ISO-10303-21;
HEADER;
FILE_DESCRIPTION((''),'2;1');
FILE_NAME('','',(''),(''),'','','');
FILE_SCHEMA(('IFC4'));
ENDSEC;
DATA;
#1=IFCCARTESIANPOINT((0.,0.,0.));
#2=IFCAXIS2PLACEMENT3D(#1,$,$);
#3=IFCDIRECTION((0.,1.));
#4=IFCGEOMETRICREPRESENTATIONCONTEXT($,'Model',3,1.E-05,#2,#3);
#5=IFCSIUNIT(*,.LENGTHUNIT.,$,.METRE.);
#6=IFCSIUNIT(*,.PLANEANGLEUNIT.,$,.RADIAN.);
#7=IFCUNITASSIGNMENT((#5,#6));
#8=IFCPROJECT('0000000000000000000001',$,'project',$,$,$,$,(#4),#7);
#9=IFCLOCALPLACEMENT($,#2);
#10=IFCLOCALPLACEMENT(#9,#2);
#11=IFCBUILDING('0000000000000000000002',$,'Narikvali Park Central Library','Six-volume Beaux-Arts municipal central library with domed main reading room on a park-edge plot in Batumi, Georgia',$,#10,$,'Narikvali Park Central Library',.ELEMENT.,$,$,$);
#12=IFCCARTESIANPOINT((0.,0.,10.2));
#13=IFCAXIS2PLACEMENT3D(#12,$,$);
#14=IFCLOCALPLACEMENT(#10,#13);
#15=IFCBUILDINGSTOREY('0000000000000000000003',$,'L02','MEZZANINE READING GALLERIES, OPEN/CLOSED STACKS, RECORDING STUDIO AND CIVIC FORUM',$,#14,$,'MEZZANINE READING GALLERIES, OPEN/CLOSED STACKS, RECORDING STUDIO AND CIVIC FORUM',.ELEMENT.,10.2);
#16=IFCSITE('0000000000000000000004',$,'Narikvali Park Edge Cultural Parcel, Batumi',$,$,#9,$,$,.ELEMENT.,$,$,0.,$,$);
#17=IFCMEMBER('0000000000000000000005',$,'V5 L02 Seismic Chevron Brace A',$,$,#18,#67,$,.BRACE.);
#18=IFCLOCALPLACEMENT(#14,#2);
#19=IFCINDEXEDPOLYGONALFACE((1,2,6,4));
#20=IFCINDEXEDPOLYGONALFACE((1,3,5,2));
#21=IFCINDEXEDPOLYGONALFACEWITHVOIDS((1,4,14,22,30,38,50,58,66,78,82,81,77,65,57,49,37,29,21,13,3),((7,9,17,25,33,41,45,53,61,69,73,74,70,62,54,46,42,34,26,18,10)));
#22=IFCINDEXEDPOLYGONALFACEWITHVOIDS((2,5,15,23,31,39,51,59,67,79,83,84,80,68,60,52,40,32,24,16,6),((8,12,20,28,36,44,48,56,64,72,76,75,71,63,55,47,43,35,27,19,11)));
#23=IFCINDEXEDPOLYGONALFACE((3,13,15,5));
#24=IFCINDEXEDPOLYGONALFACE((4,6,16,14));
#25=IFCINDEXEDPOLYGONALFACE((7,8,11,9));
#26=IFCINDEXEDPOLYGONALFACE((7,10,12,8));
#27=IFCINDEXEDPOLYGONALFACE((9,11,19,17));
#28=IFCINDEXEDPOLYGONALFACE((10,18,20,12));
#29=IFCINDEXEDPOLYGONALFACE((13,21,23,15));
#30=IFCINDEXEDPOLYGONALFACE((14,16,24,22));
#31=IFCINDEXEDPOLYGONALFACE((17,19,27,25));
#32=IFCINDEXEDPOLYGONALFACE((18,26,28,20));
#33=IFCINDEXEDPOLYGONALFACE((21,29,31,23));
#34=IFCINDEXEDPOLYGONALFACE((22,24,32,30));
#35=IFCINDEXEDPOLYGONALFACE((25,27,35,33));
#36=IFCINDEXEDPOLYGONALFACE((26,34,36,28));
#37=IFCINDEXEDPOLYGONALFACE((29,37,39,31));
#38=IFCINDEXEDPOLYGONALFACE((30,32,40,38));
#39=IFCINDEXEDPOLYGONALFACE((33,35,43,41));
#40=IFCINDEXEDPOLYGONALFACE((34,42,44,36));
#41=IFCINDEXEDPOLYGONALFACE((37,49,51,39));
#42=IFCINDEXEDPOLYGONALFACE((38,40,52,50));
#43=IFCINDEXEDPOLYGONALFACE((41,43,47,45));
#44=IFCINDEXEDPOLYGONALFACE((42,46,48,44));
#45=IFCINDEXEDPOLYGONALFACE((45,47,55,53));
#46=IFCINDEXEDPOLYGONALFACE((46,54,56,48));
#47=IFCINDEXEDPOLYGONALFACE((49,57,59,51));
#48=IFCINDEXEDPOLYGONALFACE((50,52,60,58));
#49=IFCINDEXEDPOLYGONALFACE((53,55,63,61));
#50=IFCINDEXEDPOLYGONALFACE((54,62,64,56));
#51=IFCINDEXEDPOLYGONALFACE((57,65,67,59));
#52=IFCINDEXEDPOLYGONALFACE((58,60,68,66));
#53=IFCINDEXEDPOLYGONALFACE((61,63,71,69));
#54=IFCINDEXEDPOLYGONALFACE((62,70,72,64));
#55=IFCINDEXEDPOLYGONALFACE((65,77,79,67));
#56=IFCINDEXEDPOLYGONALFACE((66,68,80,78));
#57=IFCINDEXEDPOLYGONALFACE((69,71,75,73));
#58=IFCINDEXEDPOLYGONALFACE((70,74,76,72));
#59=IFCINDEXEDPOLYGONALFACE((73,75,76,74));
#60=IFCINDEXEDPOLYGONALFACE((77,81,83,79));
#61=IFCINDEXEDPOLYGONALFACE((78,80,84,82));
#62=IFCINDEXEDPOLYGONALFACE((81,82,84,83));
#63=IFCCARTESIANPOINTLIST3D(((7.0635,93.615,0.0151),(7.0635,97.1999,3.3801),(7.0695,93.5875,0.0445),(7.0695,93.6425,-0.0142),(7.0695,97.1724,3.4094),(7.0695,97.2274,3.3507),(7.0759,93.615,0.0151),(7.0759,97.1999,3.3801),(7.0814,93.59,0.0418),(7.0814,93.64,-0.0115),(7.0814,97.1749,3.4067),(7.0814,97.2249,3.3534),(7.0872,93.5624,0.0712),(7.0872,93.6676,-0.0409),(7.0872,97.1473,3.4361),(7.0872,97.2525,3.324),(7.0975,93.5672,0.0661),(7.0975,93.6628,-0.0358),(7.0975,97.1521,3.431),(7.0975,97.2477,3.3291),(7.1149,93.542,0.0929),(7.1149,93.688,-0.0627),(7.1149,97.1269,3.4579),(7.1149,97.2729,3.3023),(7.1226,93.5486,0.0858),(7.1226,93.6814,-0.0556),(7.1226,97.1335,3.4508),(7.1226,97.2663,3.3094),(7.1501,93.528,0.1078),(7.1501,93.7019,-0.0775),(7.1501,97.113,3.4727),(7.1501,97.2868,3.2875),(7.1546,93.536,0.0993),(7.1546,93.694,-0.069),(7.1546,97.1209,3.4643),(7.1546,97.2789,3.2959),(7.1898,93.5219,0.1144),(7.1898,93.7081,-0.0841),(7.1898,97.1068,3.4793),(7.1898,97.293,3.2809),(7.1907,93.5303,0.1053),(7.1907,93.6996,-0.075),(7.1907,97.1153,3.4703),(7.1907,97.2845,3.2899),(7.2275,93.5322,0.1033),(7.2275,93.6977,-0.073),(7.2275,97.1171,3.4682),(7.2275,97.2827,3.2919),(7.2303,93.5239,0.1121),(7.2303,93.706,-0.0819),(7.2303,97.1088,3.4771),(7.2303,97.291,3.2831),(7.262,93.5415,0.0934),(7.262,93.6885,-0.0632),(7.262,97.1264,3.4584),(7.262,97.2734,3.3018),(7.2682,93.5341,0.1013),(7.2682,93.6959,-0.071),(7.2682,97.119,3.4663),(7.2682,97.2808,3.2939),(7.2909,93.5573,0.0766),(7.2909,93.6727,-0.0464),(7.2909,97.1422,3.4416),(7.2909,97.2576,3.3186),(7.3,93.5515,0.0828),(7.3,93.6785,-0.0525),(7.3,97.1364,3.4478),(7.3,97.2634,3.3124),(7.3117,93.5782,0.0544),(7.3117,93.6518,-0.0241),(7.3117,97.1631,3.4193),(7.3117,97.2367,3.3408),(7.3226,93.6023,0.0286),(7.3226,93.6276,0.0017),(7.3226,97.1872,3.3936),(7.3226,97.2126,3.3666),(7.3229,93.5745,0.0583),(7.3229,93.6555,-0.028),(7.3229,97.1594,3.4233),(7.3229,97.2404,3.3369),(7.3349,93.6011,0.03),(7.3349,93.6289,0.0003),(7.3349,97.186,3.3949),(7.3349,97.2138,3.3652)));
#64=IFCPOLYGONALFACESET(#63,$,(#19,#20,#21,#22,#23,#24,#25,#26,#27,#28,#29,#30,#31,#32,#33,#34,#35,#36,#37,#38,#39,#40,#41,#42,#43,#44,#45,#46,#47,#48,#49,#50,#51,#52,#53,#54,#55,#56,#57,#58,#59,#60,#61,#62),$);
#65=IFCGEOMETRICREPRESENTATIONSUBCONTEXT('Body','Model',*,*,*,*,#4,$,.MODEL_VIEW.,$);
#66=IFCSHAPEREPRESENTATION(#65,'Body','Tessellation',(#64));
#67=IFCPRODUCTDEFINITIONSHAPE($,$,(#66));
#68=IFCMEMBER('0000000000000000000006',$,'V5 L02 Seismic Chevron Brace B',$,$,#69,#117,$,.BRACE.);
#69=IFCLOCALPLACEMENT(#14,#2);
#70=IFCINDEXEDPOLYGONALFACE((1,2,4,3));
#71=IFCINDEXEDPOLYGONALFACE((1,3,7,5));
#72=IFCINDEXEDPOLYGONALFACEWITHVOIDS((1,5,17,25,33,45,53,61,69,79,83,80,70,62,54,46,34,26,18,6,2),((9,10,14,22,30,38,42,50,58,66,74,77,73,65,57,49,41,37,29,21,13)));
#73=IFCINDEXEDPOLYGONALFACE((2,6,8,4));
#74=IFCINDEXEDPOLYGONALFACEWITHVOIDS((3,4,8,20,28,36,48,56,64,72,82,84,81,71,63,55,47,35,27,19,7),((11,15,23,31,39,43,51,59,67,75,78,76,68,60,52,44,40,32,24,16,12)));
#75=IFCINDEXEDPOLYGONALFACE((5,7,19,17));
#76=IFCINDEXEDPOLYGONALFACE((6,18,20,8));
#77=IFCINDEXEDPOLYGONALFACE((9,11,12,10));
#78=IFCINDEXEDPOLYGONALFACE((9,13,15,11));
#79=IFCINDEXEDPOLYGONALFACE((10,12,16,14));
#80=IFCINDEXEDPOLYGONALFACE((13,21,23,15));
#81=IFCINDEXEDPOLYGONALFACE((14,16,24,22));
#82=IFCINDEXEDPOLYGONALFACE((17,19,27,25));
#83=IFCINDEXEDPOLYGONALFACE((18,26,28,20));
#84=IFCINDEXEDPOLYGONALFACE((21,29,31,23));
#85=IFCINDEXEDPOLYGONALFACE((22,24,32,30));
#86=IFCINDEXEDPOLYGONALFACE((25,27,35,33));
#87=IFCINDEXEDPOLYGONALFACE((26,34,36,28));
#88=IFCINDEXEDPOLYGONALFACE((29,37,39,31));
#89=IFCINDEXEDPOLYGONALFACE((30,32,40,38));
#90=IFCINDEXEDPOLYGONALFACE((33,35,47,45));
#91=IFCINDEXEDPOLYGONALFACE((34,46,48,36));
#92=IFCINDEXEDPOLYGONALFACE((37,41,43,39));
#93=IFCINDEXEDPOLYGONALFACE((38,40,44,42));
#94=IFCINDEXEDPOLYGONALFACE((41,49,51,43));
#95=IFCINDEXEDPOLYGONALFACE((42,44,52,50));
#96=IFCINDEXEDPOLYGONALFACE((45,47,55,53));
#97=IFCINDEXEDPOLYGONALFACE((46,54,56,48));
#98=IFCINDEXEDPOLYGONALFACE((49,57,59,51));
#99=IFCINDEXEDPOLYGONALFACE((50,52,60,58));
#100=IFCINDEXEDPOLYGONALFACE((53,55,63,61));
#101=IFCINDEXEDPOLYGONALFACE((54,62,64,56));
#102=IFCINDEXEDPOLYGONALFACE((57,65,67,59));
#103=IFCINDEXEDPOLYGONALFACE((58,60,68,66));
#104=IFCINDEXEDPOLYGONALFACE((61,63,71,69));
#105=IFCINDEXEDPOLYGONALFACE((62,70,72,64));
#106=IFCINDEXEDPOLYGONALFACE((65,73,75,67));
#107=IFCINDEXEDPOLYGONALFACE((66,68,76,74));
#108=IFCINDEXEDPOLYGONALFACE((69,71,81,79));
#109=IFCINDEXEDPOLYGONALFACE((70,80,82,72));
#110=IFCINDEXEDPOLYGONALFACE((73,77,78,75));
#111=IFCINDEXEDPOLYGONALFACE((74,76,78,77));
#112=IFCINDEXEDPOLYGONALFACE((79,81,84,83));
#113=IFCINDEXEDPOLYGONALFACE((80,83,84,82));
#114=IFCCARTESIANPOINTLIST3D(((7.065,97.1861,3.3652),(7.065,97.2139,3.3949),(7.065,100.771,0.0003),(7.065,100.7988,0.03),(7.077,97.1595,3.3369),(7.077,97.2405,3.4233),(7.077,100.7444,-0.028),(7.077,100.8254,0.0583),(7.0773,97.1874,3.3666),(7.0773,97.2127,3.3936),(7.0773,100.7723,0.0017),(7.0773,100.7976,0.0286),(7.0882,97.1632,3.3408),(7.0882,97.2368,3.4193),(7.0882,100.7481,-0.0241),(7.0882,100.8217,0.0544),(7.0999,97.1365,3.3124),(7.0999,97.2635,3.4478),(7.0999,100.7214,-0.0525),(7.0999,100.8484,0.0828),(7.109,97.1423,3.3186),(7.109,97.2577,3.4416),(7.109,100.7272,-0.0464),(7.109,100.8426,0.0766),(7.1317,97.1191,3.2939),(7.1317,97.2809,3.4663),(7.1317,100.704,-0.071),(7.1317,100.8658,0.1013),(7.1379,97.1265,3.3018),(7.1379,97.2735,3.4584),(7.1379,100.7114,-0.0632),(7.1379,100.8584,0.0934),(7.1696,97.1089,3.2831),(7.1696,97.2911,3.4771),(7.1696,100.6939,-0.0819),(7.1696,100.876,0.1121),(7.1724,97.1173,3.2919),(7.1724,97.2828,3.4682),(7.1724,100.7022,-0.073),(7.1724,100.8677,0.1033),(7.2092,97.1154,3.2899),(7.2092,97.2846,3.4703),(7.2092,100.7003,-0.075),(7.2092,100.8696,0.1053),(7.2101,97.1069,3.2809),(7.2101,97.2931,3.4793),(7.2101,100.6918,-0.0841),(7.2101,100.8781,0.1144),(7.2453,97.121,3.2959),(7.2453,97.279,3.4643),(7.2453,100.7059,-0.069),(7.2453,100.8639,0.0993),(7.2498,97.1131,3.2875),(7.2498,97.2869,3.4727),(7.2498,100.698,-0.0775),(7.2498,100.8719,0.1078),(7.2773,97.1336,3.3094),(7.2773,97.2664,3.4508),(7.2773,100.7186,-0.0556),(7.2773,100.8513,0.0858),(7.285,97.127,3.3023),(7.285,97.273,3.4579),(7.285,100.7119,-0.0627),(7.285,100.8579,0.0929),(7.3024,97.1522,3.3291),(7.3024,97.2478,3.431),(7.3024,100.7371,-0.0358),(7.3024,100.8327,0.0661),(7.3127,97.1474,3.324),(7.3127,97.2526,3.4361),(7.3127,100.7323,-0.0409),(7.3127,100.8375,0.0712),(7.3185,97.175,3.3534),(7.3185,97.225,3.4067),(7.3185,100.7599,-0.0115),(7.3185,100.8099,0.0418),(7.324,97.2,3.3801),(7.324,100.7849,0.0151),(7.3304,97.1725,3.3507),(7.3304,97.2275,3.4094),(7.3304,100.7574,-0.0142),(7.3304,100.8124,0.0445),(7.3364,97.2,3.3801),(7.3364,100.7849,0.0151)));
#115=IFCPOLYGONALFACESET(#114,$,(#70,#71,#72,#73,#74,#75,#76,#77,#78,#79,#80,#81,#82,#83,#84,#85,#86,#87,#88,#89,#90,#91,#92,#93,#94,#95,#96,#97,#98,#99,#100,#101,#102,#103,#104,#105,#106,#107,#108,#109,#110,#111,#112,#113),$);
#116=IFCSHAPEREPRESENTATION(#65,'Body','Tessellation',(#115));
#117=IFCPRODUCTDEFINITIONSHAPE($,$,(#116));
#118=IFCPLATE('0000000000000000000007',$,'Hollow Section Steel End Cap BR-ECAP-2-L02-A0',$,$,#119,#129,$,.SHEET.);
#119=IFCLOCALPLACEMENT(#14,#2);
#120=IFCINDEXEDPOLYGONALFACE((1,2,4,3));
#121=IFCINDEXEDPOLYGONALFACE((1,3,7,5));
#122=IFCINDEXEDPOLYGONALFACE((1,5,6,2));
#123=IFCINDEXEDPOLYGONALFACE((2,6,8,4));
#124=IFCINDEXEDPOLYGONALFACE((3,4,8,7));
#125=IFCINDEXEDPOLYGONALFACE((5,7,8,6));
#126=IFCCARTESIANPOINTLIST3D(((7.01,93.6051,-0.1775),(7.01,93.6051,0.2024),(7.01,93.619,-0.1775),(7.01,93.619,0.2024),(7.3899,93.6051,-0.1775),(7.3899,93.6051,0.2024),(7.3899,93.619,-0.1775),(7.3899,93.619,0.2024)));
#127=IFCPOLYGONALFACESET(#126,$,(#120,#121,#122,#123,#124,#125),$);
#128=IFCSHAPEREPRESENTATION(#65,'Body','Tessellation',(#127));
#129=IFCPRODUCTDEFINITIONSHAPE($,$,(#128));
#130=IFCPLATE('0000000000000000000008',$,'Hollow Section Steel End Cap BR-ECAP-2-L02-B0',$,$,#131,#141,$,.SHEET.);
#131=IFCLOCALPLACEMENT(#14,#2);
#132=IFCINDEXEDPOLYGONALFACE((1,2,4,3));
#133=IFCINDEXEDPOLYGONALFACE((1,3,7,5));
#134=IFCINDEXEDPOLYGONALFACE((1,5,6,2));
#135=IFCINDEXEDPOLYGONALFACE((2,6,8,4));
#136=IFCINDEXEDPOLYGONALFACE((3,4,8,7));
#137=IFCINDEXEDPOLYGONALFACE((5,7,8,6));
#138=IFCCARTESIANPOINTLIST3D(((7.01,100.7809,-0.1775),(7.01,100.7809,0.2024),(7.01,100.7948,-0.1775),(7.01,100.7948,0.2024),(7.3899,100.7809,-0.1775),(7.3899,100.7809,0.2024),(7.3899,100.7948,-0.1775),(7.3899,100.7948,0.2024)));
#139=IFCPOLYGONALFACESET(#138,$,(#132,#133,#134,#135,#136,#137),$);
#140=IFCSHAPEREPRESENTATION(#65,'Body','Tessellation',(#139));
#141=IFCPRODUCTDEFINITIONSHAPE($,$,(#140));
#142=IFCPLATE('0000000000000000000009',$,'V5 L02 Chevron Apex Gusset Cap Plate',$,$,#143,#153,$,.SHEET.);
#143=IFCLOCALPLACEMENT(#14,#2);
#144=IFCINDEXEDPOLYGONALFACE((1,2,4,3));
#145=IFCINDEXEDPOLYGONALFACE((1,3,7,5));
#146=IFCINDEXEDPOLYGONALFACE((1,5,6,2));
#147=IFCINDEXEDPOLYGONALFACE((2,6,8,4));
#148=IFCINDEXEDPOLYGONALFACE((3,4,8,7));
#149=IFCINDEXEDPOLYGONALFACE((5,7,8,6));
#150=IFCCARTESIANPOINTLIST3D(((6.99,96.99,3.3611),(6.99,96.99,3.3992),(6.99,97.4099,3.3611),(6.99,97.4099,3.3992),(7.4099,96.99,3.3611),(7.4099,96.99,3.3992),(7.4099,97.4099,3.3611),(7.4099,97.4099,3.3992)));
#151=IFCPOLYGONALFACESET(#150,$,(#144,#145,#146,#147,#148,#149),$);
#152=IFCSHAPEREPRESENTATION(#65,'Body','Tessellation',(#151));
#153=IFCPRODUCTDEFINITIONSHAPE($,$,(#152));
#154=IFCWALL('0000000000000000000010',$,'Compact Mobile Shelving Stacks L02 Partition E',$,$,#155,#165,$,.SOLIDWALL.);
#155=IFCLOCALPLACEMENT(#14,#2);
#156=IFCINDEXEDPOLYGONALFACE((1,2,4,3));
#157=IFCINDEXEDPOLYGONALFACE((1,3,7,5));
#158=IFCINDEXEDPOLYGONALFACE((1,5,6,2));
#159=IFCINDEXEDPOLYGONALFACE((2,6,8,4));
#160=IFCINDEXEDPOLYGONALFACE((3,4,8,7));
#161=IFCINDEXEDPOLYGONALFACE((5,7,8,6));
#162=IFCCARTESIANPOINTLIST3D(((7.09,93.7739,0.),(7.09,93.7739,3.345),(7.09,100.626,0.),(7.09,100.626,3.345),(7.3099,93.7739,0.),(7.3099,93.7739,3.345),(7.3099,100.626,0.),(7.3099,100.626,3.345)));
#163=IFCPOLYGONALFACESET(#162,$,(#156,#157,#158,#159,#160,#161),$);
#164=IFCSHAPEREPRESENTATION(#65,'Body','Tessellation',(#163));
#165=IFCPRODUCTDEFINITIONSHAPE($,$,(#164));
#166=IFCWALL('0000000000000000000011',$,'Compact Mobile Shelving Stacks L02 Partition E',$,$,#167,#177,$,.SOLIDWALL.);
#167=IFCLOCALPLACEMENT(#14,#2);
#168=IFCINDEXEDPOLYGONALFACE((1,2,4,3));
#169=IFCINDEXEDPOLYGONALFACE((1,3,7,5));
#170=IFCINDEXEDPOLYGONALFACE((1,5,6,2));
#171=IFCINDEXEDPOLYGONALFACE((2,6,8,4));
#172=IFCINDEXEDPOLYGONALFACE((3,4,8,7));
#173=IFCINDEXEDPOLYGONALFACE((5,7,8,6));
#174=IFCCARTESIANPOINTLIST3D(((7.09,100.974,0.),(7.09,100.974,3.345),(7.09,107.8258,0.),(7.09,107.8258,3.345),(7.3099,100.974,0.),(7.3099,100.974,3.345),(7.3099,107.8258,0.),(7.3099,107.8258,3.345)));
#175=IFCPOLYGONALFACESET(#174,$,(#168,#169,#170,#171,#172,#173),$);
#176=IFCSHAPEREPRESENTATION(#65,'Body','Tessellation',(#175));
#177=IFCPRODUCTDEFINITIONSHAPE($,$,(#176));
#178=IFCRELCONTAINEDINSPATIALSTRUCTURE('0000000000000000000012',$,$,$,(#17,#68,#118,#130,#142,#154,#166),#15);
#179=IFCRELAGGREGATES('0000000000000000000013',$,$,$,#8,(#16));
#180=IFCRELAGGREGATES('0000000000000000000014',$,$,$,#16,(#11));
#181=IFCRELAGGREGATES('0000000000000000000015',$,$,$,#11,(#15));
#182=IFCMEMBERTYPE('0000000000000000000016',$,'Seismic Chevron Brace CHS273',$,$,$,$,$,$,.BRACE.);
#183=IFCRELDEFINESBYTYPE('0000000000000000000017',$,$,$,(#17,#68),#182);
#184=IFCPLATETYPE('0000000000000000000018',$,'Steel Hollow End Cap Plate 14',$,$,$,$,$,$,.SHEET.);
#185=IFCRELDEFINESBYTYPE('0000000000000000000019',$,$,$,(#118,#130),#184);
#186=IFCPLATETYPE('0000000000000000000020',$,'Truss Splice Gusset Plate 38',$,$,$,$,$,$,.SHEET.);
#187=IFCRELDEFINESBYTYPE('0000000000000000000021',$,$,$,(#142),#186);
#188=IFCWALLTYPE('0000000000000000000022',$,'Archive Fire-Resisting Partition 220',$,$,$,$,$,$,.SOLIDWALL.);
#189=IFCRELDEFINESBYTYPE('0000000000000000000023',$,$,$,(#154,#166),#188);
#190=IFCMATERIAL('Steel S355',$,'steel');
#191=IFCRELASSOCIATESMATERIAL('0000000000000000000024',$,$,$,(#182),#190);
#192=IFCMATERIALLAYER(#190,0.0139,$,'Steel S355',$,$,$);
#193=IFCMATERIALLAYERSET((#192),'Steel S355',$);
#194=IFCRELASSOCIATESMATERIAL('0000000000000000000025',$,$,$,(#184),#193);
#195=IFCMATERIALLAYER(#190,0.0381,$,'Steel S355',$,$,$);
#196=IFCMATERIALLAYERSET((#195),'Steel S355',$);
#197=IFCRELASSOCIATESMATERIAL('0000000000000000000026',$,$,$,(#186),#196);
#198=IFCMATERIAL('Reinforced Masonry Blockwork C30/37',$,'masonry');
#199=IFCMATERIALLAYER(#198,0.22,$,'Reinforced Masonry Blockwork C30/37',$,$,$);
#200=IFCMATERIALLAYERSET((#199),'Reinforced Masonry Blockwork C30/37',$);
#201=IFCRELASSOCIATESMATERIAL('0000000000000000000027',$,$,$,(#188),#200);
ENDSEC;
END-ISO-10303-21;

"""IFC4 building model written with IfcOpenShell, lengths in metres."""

from ifc_helpers import new_model, si_unit, direction, frame, frame_2d, origin, origin_2d, place, context, subcontext, project, spatial, rectangle, hollow_circle, extrude, material, layer, layer_set, material_profile, profile_set, type_object, element, save


model = new_model("IFC4")

# Units and contexts
model_context = context("Model", 3, precision=1e-05, world=origin(), true_north=direction((0.0, 1.0)))
body_context = subcontext(model_context, "Body", "Model", "MODEL_VIEW")
ifc_project = project(units=[si_unit("LENGTHUNIT", "METRE"), si_unit("PLANEANGLEUNIT", "RADIAN")], contexts=[model_context])

# Site, building, storey
site_placement = place(None, origin())
site = spatial("IfcSite", under=ifc_project, at=site_placement, Name="Narikvali Park Edge Cultural Parcel, Batumi", CompositionType="ELEMENT", RefElevation=0.0)
building_placement = place(site_placement, origin())
building = spatial("IfcBuilding", under=site, at=building_placement, Name="Narikvali Park Central Library", Description="Six-volume Beaux-Arts municipal central library with domed main reading room on a park-edge plot in Batumi, Georgia", LongName="Narikvali Park Central Library", CompositionType="ELEMENT")
storey_placement = place(building_placement, frame((0.0, 0.0, 10.2)))
storey = spatial("IfcBuildingStorey", under=building, at=storey_placement, Name="L02", Description="MEZZANINE READING GALLERIES, OPEN/CLOSED STACKS, RECORDING STUDIO AND CIVIC FORUM", LongName="MEZZANINE READING GALLERIES, OPEN/CLOSED STACKS, RECORDING STUDIO AND CIVIC FORUM", CompositionType="ELEMENT", Elevation=10.2)

# Shared definitions
ifc_material_1 = material(Name="Steel S355", Category="steel")

# Members
ifc_material_profile_1 = material_profile(ifc_material_1, hollow_circle(Radius=0.1365, WallThickness=0.0125, at=origin_2d()), Name="CHS 273x12.5")
ifc_profile_set_1 = profile_set([ifc_material_profile_1], Name="Steel S355")
member_type = type_object("IfcMemberType", Name="Seismic Chevron Brace CHS273", PredefinedType="BRACE", material=ifc_profile_set_1)
for number, where, z_axis, x_axis, name in (
    (1, (7.2, 93.615, 0.0151), (0.0, 0.729122, 0.684384), (-1.0, 0.0, 0.0), "V5 L02 Seismic Chevron Brace A"),
    (2, (7.2, 100.7849, 0.0151), (0.0, -0.729122, 0.684384), (1.0, 0.0, 0.0), "V5 L02 Seismic Chevron Brace B"),
):
    element("IfcMember", number, at=place(storey_placement, frame(where, z_axis=z_axis, x_axis=x_axis)), inside=storey, type_object=member_type, Name=name, PredefinedType="BRACE", context=body_context, shape_type="SweptSolid", body=[
        extrude(hollow_circle(Radius=0.1365, WallThickness=0.0125, at=origin_2d()), origin(), (0.0, 0.0, 1.0), 4.9167),
    ])

# Plates
ifc_layer_1 = layer(ifc_material_1, 0.0139, Name="Steel S355")
ifc_layer_set_1 = layer_set([ifc_layer_1], Name="Steel S355")
plate_type_1 = type_object("IfcPlateType", Name="Steel Hollow End Cap Plate 14", PredefinedType="SHEET", material=ifc_layer_set_1)
for number, where, z_axis, x_axis, name in (
    (3, (7.2, 93.6121, -0.1775), (0.0, 0.0, 1.0), (-1.0, 0.0, 0.0), "Hollow Section Steel End Cap BR-ECAP-2-L02-A0"),
    (4, (7.2, 100.7878, -0.1775), (0.0, 0.0, 1.0), (1.0, 0.0, 0.0), "Hollow Section Steel End Cap BR-ECAP-2-L02-B0"),
):
    element("IfcPlate", number, at=place(storey_placement, frame(where, z_axis=z_axis, x_axis=x_axis)), inside=storey, type_object=plate_type_1, Name=name, PredefinedType="SHEET", context=body_context, shape_type="SweptSolid", body=[
        extrude(rectangle(XDim=0.3799, YDim=0.0139, at=origin_2d()), origin(), (0.0, 0.0, 1.0), 0.3799),
    ])
ifc_layer_2 = layer(ifc_material_1, 0.0381, Name="Steel S355")
ifc_layer_set_2 = layer_set([ifc_layer_2], Name="Steel S355")
plate_type_2 = type_object("IfcPlateType", Name="Truss Splice Gusset Plate 38", PredefinedType="SHEET", material=ifc_layer_set_2)
plate_placement = place(storey_placement, frame((7.2, 97.2, 3.3611), z_axis=(0.0, 0.0, 1.0), x_axis=(1.0, 0.0, 0.0)))
element("IfcPlate", 5, at=plate_placement, inside=storey, type_object=plate_type_2, Name="V5 L02 Chevron Apex Gusset Cap Plate", PredefinedType="SHEET", context=body_context, shape_type="SweptSolid", body=[
    extrude(rectangle(XDim=0.4199, YDim=0.4199, at=origin_2d()), origin(), (0.0, 0.0, 1.0), 0.0381),
])

# Walls
ifc_material_2 = material(Name="Reinforced Masonry Blockwork C30/37", Category="masonry")
ifc_layer_3 = layer(ifc_material_2, 0.22, Name="Reinforced Masonry Blockwork C30/37")
ifc_layer_set_3 = layer_set([ifc_layer_3], Name="Reinforced Masonry Blockwork C30/37")
wall_type_1 = type_object("IfcWallType", Name="Archive Fire-Resisting Partition 220", PredefinedType="SOLIDWALL", material=ifc_layer_set_3)
wall_1_placement = place(storey_placement, frame((7.2, 93.7739, 0.0), z_axis=(0.0, 0.0, 1.0), x_axis=(0.0, 1.0, 0.0)))
element("IfcWall", 6, at=wall_1_placement, inside=storey, type_object=wall_type_1, Name="Compact Mobile Shelving Stacks L02 Partition E", PredefinedType="SOLIDWALL", context=body_context, shape_type="SweptSolid", body=[
    extrude(rectangle(XDim=6.8521, YDim=0.22, at=frame_2d((3.426, 0.0))), origin(), (0.0, 0.0, 1.0), 3.345),
])
wall_2_placement = place(storey_placement, frame((7.2, 100.9741, 0.0), z_axis=(0.0, 0.0, 1.0), x_axis=(0.0, 1.0, 0.0)))
element("IfcWall", 7, at=wall_2_placement, inside=storey, type_object=wall_type_1, Name="Compact Mobile Shelving Stacks L02 Partition E", PredefinedType="SOLIDWALL", context=body_context, shape_type="SweptSolid", body=[
    extrude(rectangle(XDim=6.8518, YDim=0.22, at=frame_2d((3.4258, 0.0))), origin(), (0.0, 0.0, 1.0), 3.345),
])

save(model, "model.ifc")
